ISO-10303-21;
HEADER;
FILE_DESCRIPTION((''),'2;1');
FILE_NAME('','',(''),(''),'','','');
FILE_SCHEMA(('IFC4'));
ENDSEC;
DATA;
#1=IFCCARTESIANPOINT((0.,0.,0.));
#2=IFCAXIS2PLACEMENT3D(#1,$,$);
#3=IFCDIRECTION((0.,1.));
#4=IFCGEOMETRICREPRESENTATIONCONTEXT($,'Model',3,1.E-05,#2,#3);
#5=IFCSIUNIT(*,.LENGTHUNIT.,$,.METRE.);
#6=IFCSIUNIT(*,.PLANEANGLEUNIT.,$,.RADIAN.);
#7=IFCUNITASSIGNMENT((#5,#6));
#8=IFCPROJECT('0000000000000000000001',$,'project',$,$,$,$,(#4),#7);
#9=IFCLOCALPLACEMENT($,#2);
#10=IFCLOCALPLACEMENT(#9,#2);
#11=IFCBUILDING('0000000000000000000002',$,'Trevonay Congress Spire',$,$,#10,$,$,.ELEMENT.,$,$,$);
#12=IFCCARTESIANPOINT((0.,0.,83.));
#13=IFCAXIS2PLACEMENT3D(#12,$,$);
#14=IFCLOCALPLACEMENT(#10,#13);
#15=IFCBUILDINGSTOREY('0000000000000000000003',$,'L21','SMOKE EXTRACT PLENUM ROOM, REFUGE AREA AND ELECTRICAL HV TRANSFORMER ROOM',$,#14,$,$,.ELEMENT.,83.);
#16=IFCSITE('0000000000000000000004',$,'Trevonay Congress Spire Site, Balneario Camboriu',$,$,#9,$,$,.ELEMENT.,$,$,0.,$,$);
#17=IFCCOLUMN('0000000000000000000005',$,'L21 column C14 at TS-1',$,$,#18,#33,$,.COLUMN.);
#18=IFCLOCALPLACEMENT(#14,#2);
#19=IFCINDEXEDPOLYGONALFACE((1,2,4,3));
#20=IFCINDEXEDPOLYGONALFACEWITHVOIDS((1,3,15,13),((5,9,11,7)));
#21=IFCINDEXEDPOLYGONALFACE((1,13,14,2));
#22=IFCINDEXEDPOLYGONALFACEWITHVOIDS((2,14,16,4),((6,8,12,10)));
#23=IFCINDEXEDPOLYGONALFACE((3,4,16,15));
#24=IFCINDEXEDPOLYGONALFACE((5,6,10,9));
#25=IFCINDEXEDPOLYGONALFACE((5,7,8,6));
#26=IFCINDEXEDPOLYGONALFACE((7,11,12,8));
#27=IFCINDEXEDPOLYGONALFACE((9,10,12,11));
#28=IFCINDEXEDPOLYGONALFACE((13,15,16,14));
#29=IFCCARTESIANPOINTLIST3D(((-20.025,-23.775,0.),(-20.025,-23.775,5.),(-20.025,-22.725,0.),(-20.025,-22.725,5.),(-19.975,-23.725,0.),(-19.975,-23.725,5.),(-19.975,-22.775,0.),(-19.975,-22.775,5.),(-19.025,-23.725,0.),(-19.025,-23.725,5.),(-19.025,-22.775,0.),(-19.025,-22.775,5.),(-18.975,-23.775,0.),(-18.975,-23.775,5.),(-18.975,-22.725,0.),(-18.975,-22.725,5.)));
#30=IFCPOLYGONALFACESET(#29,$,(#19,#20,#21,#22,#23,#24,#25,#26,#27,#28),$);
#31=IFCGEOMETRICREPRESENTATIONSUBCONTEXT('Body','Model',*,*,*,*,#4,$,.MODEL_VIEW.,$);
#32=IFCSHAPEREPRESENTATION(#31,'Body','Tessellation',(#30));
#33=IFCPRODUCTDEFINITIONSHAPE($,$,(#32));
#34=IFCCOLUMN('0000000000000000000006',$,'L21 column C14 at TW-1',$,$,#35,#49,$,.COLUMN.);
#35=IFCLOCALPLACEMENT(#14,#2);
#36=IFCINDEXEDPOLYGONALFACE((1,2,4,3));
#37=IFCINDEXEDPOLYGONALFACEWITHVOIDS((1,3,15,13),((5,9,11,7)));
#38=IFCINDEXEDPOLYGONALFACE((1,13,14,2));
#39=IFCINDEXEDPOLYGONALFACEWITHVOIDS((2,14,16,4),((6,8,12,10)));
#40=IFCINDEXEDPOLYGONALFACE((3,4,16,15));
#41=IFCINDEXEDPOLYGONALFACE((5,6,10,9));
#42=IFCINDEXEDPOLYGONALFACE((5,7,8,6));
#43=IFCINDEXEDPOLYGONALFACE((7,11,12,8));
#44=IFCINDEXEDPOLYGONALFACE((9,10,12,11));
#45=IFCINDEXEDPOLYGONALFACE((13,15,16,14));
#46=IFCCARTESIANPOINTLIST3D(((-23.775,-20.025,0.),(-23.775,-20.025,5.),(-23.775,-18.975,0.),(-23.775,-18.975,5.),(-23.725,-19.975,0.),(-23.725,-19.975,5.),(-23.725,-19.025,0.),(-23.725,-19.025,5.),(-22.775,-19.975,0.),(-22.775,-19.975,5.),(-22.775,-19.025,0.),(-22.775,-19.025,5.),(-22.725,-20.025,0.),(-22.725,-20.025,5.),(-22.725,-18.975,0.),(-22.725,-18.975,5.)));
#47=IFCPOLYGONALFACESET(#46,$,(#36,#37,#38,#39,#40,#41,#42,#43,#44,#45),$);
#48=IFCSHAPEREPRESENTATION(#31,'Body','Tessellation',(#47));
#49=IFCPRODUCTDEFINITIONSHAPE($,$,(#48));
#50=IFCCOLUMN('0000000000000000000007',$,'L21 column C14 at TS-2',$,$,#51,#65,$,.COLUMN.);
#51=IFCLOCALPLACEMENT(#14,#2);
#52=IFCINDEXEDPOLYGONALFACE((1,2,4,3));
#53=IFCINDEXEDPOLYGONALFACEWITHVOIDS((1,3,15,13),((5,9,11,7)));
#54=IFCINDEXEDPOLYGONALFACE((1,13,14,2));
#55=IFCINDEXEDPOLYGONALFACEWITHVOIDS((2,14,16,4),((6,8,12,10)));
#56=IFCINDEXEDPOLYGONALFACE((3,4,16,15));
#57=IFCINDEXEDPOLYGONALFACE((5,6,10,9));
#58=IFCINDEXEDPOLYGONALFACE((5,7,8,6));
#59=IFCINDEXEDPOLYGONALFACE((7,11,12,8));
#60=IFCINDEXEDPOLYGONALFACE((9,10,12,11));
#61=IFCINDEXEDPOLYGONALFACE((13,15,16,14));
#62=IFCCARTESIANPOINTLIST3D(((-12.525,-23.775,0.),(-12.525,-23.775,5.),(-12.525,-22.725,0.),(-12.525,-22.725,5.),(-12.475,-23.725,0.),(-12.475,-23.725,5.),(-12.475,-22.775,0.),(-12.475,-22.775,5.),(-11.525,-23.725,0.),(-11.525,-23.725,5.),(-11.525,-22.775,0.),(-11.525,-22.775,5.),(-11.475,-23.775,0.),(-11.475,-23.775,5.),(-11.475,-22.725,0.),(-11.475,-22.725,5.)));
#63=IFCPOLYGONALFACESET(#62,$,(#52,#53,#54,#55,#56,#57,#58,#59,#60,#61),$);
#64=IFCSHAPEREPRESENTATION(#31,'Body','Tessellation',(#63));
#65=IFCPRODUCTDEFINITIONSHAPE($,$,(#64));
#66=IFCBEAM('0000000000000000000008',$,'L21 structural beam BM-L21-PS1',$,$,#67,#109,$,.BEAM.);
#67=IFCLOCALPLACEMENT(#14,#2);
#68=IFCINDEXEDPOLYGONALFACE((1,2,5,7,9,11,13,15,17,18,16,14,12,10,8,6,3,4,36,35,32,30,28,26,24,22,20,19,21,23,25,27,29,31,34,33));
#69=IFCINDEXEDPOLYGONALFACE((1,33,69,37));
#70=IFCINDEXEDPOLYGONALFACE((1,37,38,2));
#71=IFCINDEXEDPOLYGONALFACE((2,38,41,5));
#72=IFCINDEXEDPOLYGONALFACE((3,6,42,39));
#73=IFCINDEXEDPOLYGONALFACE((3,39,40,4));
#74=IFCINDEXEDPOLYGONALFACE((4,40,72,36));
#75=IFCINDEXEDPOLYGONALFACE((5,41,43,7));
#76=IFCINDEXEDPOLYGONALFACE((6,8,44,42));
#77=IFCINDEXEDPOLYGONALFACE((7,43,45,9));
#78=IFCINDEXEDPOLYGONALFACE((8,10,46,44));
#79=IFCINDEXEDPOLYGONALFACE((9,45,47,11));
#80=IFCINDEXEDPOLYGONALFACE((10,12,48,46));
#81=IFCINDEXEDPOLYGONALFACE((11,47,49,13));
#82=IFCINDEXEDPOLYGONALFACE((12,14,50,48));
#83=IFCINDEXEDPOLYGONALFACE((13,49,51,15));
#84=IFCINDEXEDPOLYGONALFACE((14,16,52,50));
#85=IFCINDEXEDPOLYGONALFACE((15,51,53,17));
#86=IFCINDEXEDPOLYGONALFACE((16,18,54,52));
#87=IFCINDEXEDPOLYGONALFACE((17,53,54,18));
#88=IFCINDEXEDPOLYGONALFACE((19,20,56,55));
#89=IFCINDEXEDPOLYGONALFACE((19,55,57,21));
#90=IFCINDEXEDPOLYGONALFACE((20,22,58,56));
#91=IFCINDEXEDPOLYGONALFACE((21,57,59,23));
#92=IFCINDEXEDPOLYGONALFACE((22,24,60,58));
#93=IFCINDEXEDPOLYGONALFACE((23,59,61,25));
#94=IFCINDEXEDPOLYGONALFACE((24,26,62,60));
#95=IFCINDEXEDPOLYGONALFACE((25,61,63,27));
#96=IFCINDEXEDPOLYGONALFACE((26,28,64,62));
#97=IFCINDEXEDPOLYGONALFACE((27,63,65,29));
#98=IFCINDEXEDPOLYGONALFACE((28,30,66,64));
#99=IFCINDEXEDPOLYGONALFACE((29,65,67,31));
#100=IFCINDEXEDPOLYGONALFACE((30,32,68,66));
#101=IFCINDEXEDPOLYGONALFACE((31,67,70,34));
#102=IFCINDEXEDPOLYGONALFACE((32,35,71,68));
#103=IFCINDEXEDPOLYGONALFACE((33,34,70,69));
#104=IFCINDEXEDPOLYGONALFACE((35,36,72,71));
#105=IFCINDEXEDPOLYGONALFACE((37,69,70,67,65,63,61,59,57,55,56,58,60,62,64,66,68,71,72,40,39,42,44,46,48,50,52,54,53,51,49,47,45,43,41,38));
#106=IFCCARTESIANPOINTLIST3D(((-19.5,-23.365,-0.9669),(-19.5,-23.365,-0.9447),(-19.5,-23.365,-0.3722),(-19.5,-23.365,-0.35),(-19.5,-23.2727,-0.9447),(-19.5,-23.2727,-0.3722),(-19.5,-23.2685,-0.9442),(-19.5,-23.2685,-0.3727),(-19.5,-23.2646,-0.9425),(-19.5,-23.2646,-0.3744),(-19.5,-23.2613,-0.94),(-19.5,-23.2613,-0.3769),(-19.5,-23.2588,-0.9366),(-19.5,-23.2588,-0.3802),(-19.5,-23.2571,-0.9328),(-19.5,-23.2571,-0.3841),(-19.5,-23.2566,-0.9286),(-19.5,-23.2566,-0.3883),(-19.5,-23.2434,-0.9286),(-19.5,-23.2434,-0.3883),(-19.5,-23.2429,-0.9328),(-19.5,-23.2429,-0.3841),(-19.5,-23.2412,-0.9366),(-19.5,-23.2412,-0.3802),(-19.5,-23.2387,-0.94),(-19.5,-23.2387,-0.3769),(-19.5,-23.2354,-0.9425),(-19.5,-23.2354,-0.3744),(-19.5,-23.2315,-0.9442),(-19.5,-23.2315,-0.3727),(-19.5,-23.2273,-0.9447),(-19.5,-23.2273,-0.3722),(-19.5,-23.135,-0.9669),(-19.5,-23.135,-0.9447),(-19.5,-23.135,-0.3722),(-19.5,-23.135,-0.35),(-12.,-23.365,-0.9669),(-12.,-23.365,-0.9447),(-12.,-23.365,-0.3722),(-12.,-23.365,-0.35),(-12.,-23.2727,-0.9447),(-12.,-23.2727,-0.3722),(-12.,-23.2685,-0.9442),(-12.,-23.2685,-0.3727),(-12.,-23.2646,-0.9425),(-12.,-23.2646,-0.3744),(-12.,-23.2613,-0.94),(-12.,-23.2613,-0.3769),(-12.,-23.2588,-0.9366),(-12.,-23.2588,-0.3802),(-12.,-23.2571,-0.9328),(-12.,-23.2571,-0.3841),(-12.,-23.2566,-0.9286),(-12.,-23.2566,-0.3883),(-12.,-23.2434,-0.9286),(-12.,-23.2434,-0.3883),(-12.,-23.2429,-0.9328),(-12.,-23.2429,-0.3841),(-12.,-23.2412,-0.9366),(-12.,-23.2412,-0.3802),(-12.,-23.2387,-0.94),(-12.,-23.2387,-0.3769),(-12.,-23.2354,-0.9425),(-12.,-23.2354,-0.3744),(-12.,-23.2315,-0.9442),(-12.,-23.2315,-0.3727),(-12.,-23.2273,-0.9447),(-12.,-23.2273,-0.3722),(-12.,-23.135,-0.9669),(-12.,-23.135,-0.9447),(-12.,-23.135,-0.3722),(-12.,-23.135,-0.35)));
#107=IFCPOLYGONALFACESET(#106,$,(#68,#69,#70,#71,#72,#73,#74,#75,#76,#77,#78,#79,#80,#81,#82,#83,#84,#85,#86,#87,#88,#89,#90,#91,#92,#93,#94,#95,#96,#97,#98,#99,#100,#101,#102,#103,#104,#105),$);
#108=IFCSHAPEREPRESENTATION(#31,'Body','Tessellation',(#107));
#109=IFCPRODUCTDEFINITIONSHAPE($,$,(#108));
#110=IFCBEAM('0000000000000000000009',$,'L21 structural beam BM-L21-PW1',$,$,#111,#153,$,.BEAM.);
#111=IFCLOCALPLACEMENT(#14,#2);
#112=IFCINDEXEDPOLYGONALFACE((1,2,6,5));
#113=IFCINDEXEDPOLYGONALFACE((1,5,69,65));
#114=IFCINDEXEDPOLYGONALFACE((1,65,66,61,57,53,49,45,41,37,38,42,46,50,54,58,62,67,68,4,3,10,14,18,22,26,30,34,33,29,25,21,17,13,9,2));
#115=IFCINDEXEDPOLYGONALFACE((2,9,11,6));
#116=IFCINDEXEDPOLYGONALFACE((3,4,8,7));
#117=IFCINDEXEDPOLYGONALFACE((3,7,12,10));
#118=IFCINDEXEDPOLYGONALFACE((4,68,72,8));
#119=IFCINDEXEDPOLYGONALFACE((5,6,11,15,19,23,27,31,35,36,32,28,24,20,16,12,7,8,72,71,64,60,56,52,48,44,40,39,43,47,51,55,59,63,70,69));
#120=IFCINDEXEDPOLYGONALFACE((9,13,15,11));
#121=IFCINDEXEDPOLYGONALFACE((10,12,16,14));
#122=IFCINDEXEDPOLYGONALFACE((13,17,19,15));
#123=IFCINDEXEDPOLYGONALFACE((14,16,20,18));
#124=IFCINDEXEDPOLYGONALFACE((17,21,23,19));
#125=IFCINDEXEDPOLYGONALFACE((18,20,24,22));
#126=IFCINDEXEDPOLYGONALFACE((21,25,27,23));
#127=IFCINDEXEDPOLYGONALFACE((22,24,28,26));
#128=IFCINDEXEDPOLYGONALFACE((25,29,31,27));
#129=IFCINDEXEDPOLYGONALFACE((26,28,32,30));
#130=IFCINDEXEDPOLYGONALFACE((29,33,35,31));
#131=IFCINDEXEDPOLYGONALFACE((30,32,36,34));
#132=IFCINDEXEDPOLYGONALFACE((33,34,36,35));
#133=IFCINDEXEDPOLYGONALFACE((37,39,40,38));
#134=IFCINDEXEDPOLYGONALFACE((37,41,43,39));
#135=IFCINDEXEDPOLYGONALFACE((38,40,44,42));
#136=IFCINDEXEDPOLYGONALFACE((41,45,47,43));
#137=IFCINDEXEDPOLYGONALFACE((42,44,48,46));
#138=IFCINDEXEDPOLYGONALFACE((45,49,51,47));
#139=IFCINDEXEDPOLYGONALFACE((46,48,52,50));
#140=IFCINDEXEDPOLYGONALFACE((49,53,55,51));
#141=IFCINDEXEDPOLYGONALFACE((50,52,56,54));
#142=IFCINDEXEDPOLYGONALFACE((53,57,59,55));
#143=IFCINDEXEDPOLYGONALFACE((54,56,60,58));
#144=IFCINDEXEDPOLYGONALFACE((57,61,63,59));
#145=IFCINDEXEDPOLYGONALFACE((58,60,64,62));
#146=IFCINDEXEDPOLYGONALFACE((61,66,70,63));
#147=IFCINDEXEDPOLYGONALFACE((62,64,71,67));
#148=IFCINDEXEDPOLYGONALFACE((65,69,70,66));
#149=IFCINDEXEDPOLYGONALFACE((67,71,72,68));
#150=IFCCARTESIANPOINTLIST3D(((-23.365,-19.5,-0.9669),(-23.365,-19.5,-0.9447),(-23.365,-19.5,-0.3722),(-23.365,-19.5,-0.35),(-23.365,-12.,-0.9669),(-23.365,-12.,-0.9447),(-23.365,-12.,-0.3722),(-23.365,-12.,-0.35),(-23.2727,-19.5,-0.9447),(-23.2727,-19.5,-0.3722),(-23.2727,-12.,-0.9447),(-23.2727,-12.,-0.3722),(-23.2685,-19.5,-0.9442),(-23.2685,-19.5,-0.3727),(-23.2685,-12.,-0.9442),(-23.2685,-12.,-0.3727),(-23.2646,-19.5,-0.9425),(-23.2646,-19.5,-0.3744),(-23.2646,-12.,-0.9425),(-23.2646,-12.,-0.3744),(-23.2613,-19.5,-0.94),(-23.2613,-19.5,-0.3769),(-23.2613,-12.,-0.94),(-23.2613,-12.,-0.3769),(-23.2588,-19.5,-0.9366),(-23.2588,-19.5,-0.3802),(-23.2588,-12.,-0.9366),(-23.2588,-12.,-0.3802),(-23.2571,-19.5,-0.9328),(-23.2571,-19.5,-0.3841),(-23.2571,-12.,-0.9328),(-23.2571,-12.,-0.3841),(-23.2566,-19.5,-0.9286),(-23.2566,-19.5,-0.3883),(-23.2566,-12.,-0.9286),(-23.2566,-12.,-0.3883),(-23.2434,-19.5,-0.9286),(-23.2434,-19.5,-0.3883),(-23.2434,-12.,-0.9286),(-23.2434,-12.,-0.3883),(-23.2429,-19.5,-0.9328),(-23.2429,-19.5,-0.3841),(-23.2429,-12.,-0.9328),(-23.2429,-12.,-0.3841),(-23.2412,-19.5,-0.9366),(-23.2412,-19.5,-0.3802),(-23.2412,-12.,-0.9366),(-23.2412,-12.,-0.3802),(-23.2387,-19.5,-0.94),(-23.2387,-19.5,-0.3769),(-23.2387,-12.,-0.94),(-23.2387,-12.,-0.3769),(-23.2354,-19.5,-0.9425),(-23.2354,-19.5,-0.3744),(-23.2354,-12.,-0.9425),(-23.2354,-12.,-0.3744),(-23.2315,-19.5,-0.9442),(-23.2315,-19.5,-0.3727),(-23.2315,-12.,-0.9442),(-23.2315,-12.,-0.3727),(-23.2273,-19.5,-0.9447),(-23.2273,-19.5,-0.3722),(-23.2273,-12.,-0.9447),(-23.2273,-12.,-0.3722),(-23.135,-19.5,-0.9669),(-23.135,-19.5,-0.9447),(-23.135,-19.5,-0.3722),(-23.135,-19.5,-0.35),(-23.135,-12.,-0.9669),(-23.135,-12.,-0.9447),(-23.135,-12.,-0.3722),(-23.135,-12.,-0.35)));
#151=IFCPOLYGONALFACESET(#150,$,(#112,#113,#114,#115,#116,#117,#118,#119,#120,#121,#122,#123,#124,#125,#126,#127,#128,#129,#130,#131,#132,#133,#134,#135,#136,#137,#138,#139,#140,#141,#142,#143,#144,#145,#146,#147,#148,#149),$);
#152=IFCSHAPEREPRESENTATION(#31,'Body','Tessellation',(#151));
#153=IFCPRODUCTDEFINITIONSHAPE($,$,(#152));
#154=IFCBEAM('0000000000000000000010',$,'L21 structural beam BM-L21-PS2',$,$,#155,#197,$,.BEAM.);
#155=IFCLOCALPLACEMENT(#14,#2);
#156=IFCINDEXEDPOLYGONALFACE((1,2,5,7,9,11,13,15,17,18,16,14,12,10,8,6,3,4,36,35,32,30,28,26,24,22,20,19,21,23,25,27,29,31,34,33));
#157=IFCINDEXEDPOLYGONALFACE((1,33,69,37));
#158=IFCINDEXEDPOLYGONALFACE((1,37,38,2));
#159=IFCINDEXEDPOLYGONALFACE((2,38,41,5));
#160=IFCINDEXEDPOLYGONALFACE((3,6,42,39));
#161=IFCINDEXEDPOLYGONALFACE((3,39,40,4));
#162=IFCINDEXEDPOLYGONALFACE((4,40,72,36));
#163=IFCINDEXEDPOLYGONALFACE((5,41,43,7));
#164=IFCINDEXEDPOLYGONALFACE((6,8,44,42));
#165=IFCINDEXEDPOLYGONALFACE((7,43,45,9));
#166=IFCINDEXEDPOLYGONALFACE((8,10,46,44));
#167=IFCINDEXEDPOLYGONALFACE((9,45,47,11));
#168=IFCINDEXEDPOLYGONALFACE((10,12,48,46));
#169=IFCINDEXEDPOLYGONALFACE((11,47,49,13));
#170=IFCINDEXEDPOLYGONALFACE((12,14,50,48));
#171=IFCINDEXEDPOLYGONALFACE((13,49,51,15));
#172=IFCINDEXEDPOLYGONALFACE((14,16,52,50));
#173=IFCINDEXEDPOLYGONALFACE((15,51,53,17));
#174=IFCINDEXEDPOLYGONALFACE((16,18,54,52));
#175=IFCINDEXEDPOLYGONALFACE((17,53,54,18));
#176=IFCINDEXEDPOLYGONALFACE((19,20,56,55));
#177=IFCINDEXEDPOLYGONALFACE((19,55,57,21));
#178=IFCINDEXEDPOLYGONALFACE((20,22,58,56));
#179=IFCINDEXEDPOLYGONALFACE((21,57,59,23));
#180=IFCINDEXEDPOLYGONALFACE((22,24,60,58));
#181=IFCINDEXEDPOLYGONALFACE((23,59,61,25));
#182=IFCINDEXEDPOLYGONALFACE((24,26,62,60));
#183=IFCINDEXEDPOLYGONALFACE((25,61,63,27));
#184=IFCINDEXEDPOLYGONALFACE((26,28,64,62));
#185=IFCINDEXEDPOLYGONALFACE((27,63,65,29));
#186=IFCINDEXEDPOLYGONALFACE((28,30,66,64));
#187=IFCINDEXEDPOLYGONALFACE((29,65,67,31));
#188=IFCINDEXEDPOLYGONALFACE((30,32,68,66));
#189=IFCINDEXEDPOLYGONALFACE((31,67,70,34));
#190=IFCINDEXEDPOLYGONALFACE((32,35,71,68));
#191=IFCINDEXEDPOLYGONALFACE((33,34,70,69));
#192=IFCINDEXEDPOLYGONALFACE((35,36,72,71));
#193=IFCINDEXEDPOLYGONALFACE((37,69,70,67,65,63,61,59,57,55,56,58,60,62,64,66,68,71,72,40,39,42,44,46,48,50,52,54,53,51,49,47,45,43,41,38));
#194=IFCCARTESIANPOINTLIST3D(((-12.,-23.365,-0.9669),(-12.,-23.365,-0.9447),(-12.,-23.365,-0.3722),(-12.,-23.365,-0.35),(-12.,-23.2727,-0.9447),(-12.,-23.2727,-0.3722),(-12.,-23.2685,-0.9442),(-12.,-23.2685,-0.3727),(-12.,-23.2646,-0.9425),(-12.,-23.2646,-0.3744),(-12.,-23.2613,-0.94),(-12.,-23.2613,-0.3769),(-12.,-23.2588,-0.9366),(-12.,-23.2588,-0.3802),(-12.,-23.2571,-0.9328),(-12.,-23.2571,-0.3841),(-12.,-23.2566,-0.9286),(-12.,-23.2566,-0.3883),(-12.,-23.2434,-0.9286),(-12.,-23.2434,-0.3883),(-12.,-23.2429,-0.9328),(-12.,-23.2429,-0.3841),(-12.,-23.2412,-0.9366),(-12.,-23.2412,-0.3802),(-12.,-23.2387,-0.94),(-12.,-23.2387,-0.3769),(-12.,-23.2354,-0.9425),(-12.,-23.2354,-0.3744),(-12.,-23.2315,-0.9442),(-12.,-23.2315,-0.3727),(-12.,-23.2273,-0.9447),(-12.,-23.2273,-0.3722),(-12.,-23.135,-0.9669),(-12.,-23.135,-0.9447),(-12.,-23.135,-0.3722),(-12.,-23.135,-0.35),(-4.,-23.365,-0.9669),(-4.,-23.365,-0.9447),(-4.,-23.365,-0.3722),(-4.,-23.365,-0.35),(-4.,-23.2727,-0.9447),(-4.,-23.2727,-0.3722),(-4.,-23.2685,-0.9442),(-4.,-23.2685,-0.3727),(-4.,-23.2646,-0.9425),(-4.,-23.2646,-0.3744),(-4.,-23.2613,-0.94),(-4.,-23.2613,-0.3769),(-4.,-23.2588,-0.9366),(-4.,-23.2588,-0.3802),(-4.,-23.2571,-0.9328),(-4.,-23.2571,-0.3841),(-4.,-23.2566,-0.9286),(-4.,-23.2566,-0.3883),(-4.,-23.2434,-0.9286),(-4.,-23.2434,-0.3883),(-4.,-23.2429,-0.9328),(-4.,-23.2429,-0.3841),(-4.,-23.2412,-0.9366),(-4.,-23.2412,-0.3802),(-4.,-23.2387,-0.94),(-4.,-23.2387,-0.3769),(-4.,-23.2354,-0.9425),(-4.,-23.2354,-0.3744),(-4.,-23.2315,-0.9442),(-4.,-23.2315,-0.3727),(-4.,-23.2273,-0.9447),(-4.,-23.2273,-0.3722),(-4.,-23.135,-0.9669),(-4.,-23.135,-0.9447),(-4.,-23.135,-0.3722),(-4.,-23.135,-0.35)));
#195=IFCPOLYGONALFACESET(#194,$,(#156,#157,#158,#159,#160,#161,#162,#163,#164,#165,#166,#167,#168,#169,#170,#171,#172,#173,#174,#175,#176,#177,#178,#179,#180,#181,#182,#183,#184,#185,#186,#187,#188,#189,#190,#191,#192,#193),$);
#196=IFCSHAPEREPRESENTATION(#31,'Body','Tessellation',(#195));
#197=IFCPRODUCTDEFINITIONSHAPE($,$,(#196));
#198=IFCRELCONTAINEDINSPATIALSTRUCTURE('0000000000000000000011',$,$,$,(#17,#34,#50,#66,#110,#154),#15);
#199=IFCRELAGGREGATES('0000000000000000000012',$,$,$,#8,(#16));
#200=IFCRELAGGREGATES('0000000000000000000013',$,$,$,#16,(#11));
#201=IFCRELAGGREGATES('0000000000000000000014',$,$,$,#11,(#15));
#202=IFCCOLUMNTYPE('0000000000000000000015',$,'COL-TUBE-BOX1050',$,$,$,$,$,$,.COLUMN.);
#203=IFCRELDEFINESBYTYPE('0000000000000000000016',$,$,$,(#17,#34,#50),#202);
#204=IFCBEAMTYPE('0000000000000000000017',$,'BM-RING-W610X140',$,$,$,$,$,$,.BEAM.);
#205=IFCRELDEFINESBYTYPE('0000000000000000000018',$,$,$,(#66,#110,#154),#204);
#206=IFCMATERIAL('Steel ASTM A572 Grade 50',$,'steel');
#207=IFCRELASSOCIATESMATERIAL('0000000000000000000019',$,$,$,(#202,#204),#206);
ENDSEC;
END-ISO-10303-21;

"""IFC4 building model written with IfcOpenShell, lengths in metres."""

from ifc_helpers import new_model, si_unit, direction, frame, origin, origin_2d, place, context, subcontext, project, spatial, hollow_rectangle, i_section, extrude, material, material_profile, profile_set, type_object, element, save


model = new_model("IFC4")

# Units and contexts
model_context = context("Model", 3, precision=1e-05, world=origin(), true_north=direction((0.0, 1.0)))
body_context = subcontext(model_context, "Body", "Model", "MODEL_VIEW")
ifc_project = project(units=[si_unit("LENGTHUNIT", "METRE"), si_unit("PLANEANGLEUNIT", "RADIAN")], contexts=[model_context])

# Site, building, storey
site_placement = place(None, origin())
site = spatial("IfcSite", under=ifc_project, at=site_placement, Name="Trevonay Congress Spire Site, Balneario Camboriu", CompositionType="ELEMENT", RefElevation=0.0)
building_placement = place(site_placement, origin())
building = spatial("IfcBuilding", under=site, at=building_placement, Name="Trevonay Congress Spire", CompositionType="ELEMENT")
storey_placement = place(building_placement, frame((0.0, 0.0, 83.0)))
storey = spatial("IfcBuildingStorey", under=building, at=storey_placement, Name="L21", Description="SMOKE EXTRACT PLENUM ROOM, REFUGE AREA AND ELECTRICAL HV TRANSFORMER ROOM", CompositionType="ELEMENT", Elevation=83.0)

# Columns
ifc_material_1 = material(Name="Steel ASTM A572 Grade 50", Category="steel")
ifc_material_profile_1 = material_profile(ifc_material_1, hollow_rectangle(XDim=1.05, YDim=1.05, WallThickness=0.05, at=origin_2d()), Name="BOX 1050x1050x50")
ifc_profile_set_1 = profile_set([ifc_material_profile_1], Name="Steel ASTM A572 Grade 50")
column_type = type_object("IfcColumnType", Name="COL-TUBE-BOX1050", PredefinedType="COLUMN", material=ifc_profile_set_1)
for number, where, z_axis, x_axis, name in (
    (1, (-19.5, -23.25, 0.0), (0.0, 0.0, 1.0), (1.0, 0.0, 0.0), "L21 column C14 at TS-1"),
    (2, (-23.25, -19.5, 0.0), (0.0, 0.0, 1.0), (1.0, 0.0, 0.0), "L21 column C14 at TW-1"),
    (3, (-12.0, -23.25, 0.0), (0.0, 0.0, 1.0), (1.0, 0.0, 0.0), "L21 column C14 at TS-2"),
):
    element("IfcColumn", number, at=place(storey_placement, frame(where, z_axis=z_axis, x_axis=x_axis)), inside=storey, type_object=column_type, Name=name, PredefinedType="COLUMN", context=body_context, shape_type="SweptSolid", body=[
        extrude(hollow_rectangle(XDim=1.05, YDim=1.05, WallThickness=0.05, at=origin_2d()), origin(), (0.0, 0.0, 1.0), 5.0),
    ])

# Beams
ifc_material_profile_2 = material_profile(ifc_material_1, i_section(OverallWidth=0.23, OverallDepth=0.6169, WebThickness=0.0132, FlangeThickness=0.0222, FilletRadius=0.0161, at=origin_2d()), Name="W610x140")
ifc_profile_set_2 = profile_set([ifc_material_profile_2], Name="Steel ASTM A572 Grade 50")
beam_type = type_object("IfcBeamType", Name="BM-RING-W610X140", PredefinedType="BEAM", material=ifc_profile_set_2)
for number, where, z_axis, x_axis, name in (
    (4, (-19.5, -23.25, -0.6584), (1.0, 0.0, 0.0), (0.0, 1.0, 0.0), "L21 structural beam BM-L21-PS1"),
    (5, (-23.25, -19.5, -0.6584), (0.0, 1.0, 0.0), (-1.0, 0.0, 0.0), "L21 structural beam BM-L21-PW1"),
):
    element("IfcBeam", number, at=place(storey_placement, frame(where, z_axis=z_axis, x_axis=x_axis)), inside=storey, type_object=beam_type, Name=name, PredefinedType="BEAM", context=body_context, shape_type="SweptSolid", body=[
        extrude(i_section(OverallWidth=0.23, OverallDepth=0.6169, WebThickness=0.0132, FlangeThickness=0.0222, FilletRadius=0.0161, at=origin_2d()), origin(), (0.0, 0.0, 1.0), 7.5),
    ])
beam_placement = place(storey_placement, frame((-12.0, -23.25, -0.6584), z_axis=(1.0, 0.0, 0.0), x_axis=(0.0, 1.0, 0.0)))
element("IfcBeam", 6, at=beam_placement, inside=storey, type_object=beam_type, Name="L21 structural beam BM-L21-PS2", PredefinedType="BEAM", context=body_context, shape_type="SweptSolid", body=[
    extrude(i_section(OverallWidth=0.23, OverallDepth=0.6169, WebThickness=0.0132, FlangeThickness=0.0222, FilletRadius=0.0161, at=origin_2d()), origin(), (0.0, 0.0, 1.0), 8.0),
])

save(model, "model.ifc")
